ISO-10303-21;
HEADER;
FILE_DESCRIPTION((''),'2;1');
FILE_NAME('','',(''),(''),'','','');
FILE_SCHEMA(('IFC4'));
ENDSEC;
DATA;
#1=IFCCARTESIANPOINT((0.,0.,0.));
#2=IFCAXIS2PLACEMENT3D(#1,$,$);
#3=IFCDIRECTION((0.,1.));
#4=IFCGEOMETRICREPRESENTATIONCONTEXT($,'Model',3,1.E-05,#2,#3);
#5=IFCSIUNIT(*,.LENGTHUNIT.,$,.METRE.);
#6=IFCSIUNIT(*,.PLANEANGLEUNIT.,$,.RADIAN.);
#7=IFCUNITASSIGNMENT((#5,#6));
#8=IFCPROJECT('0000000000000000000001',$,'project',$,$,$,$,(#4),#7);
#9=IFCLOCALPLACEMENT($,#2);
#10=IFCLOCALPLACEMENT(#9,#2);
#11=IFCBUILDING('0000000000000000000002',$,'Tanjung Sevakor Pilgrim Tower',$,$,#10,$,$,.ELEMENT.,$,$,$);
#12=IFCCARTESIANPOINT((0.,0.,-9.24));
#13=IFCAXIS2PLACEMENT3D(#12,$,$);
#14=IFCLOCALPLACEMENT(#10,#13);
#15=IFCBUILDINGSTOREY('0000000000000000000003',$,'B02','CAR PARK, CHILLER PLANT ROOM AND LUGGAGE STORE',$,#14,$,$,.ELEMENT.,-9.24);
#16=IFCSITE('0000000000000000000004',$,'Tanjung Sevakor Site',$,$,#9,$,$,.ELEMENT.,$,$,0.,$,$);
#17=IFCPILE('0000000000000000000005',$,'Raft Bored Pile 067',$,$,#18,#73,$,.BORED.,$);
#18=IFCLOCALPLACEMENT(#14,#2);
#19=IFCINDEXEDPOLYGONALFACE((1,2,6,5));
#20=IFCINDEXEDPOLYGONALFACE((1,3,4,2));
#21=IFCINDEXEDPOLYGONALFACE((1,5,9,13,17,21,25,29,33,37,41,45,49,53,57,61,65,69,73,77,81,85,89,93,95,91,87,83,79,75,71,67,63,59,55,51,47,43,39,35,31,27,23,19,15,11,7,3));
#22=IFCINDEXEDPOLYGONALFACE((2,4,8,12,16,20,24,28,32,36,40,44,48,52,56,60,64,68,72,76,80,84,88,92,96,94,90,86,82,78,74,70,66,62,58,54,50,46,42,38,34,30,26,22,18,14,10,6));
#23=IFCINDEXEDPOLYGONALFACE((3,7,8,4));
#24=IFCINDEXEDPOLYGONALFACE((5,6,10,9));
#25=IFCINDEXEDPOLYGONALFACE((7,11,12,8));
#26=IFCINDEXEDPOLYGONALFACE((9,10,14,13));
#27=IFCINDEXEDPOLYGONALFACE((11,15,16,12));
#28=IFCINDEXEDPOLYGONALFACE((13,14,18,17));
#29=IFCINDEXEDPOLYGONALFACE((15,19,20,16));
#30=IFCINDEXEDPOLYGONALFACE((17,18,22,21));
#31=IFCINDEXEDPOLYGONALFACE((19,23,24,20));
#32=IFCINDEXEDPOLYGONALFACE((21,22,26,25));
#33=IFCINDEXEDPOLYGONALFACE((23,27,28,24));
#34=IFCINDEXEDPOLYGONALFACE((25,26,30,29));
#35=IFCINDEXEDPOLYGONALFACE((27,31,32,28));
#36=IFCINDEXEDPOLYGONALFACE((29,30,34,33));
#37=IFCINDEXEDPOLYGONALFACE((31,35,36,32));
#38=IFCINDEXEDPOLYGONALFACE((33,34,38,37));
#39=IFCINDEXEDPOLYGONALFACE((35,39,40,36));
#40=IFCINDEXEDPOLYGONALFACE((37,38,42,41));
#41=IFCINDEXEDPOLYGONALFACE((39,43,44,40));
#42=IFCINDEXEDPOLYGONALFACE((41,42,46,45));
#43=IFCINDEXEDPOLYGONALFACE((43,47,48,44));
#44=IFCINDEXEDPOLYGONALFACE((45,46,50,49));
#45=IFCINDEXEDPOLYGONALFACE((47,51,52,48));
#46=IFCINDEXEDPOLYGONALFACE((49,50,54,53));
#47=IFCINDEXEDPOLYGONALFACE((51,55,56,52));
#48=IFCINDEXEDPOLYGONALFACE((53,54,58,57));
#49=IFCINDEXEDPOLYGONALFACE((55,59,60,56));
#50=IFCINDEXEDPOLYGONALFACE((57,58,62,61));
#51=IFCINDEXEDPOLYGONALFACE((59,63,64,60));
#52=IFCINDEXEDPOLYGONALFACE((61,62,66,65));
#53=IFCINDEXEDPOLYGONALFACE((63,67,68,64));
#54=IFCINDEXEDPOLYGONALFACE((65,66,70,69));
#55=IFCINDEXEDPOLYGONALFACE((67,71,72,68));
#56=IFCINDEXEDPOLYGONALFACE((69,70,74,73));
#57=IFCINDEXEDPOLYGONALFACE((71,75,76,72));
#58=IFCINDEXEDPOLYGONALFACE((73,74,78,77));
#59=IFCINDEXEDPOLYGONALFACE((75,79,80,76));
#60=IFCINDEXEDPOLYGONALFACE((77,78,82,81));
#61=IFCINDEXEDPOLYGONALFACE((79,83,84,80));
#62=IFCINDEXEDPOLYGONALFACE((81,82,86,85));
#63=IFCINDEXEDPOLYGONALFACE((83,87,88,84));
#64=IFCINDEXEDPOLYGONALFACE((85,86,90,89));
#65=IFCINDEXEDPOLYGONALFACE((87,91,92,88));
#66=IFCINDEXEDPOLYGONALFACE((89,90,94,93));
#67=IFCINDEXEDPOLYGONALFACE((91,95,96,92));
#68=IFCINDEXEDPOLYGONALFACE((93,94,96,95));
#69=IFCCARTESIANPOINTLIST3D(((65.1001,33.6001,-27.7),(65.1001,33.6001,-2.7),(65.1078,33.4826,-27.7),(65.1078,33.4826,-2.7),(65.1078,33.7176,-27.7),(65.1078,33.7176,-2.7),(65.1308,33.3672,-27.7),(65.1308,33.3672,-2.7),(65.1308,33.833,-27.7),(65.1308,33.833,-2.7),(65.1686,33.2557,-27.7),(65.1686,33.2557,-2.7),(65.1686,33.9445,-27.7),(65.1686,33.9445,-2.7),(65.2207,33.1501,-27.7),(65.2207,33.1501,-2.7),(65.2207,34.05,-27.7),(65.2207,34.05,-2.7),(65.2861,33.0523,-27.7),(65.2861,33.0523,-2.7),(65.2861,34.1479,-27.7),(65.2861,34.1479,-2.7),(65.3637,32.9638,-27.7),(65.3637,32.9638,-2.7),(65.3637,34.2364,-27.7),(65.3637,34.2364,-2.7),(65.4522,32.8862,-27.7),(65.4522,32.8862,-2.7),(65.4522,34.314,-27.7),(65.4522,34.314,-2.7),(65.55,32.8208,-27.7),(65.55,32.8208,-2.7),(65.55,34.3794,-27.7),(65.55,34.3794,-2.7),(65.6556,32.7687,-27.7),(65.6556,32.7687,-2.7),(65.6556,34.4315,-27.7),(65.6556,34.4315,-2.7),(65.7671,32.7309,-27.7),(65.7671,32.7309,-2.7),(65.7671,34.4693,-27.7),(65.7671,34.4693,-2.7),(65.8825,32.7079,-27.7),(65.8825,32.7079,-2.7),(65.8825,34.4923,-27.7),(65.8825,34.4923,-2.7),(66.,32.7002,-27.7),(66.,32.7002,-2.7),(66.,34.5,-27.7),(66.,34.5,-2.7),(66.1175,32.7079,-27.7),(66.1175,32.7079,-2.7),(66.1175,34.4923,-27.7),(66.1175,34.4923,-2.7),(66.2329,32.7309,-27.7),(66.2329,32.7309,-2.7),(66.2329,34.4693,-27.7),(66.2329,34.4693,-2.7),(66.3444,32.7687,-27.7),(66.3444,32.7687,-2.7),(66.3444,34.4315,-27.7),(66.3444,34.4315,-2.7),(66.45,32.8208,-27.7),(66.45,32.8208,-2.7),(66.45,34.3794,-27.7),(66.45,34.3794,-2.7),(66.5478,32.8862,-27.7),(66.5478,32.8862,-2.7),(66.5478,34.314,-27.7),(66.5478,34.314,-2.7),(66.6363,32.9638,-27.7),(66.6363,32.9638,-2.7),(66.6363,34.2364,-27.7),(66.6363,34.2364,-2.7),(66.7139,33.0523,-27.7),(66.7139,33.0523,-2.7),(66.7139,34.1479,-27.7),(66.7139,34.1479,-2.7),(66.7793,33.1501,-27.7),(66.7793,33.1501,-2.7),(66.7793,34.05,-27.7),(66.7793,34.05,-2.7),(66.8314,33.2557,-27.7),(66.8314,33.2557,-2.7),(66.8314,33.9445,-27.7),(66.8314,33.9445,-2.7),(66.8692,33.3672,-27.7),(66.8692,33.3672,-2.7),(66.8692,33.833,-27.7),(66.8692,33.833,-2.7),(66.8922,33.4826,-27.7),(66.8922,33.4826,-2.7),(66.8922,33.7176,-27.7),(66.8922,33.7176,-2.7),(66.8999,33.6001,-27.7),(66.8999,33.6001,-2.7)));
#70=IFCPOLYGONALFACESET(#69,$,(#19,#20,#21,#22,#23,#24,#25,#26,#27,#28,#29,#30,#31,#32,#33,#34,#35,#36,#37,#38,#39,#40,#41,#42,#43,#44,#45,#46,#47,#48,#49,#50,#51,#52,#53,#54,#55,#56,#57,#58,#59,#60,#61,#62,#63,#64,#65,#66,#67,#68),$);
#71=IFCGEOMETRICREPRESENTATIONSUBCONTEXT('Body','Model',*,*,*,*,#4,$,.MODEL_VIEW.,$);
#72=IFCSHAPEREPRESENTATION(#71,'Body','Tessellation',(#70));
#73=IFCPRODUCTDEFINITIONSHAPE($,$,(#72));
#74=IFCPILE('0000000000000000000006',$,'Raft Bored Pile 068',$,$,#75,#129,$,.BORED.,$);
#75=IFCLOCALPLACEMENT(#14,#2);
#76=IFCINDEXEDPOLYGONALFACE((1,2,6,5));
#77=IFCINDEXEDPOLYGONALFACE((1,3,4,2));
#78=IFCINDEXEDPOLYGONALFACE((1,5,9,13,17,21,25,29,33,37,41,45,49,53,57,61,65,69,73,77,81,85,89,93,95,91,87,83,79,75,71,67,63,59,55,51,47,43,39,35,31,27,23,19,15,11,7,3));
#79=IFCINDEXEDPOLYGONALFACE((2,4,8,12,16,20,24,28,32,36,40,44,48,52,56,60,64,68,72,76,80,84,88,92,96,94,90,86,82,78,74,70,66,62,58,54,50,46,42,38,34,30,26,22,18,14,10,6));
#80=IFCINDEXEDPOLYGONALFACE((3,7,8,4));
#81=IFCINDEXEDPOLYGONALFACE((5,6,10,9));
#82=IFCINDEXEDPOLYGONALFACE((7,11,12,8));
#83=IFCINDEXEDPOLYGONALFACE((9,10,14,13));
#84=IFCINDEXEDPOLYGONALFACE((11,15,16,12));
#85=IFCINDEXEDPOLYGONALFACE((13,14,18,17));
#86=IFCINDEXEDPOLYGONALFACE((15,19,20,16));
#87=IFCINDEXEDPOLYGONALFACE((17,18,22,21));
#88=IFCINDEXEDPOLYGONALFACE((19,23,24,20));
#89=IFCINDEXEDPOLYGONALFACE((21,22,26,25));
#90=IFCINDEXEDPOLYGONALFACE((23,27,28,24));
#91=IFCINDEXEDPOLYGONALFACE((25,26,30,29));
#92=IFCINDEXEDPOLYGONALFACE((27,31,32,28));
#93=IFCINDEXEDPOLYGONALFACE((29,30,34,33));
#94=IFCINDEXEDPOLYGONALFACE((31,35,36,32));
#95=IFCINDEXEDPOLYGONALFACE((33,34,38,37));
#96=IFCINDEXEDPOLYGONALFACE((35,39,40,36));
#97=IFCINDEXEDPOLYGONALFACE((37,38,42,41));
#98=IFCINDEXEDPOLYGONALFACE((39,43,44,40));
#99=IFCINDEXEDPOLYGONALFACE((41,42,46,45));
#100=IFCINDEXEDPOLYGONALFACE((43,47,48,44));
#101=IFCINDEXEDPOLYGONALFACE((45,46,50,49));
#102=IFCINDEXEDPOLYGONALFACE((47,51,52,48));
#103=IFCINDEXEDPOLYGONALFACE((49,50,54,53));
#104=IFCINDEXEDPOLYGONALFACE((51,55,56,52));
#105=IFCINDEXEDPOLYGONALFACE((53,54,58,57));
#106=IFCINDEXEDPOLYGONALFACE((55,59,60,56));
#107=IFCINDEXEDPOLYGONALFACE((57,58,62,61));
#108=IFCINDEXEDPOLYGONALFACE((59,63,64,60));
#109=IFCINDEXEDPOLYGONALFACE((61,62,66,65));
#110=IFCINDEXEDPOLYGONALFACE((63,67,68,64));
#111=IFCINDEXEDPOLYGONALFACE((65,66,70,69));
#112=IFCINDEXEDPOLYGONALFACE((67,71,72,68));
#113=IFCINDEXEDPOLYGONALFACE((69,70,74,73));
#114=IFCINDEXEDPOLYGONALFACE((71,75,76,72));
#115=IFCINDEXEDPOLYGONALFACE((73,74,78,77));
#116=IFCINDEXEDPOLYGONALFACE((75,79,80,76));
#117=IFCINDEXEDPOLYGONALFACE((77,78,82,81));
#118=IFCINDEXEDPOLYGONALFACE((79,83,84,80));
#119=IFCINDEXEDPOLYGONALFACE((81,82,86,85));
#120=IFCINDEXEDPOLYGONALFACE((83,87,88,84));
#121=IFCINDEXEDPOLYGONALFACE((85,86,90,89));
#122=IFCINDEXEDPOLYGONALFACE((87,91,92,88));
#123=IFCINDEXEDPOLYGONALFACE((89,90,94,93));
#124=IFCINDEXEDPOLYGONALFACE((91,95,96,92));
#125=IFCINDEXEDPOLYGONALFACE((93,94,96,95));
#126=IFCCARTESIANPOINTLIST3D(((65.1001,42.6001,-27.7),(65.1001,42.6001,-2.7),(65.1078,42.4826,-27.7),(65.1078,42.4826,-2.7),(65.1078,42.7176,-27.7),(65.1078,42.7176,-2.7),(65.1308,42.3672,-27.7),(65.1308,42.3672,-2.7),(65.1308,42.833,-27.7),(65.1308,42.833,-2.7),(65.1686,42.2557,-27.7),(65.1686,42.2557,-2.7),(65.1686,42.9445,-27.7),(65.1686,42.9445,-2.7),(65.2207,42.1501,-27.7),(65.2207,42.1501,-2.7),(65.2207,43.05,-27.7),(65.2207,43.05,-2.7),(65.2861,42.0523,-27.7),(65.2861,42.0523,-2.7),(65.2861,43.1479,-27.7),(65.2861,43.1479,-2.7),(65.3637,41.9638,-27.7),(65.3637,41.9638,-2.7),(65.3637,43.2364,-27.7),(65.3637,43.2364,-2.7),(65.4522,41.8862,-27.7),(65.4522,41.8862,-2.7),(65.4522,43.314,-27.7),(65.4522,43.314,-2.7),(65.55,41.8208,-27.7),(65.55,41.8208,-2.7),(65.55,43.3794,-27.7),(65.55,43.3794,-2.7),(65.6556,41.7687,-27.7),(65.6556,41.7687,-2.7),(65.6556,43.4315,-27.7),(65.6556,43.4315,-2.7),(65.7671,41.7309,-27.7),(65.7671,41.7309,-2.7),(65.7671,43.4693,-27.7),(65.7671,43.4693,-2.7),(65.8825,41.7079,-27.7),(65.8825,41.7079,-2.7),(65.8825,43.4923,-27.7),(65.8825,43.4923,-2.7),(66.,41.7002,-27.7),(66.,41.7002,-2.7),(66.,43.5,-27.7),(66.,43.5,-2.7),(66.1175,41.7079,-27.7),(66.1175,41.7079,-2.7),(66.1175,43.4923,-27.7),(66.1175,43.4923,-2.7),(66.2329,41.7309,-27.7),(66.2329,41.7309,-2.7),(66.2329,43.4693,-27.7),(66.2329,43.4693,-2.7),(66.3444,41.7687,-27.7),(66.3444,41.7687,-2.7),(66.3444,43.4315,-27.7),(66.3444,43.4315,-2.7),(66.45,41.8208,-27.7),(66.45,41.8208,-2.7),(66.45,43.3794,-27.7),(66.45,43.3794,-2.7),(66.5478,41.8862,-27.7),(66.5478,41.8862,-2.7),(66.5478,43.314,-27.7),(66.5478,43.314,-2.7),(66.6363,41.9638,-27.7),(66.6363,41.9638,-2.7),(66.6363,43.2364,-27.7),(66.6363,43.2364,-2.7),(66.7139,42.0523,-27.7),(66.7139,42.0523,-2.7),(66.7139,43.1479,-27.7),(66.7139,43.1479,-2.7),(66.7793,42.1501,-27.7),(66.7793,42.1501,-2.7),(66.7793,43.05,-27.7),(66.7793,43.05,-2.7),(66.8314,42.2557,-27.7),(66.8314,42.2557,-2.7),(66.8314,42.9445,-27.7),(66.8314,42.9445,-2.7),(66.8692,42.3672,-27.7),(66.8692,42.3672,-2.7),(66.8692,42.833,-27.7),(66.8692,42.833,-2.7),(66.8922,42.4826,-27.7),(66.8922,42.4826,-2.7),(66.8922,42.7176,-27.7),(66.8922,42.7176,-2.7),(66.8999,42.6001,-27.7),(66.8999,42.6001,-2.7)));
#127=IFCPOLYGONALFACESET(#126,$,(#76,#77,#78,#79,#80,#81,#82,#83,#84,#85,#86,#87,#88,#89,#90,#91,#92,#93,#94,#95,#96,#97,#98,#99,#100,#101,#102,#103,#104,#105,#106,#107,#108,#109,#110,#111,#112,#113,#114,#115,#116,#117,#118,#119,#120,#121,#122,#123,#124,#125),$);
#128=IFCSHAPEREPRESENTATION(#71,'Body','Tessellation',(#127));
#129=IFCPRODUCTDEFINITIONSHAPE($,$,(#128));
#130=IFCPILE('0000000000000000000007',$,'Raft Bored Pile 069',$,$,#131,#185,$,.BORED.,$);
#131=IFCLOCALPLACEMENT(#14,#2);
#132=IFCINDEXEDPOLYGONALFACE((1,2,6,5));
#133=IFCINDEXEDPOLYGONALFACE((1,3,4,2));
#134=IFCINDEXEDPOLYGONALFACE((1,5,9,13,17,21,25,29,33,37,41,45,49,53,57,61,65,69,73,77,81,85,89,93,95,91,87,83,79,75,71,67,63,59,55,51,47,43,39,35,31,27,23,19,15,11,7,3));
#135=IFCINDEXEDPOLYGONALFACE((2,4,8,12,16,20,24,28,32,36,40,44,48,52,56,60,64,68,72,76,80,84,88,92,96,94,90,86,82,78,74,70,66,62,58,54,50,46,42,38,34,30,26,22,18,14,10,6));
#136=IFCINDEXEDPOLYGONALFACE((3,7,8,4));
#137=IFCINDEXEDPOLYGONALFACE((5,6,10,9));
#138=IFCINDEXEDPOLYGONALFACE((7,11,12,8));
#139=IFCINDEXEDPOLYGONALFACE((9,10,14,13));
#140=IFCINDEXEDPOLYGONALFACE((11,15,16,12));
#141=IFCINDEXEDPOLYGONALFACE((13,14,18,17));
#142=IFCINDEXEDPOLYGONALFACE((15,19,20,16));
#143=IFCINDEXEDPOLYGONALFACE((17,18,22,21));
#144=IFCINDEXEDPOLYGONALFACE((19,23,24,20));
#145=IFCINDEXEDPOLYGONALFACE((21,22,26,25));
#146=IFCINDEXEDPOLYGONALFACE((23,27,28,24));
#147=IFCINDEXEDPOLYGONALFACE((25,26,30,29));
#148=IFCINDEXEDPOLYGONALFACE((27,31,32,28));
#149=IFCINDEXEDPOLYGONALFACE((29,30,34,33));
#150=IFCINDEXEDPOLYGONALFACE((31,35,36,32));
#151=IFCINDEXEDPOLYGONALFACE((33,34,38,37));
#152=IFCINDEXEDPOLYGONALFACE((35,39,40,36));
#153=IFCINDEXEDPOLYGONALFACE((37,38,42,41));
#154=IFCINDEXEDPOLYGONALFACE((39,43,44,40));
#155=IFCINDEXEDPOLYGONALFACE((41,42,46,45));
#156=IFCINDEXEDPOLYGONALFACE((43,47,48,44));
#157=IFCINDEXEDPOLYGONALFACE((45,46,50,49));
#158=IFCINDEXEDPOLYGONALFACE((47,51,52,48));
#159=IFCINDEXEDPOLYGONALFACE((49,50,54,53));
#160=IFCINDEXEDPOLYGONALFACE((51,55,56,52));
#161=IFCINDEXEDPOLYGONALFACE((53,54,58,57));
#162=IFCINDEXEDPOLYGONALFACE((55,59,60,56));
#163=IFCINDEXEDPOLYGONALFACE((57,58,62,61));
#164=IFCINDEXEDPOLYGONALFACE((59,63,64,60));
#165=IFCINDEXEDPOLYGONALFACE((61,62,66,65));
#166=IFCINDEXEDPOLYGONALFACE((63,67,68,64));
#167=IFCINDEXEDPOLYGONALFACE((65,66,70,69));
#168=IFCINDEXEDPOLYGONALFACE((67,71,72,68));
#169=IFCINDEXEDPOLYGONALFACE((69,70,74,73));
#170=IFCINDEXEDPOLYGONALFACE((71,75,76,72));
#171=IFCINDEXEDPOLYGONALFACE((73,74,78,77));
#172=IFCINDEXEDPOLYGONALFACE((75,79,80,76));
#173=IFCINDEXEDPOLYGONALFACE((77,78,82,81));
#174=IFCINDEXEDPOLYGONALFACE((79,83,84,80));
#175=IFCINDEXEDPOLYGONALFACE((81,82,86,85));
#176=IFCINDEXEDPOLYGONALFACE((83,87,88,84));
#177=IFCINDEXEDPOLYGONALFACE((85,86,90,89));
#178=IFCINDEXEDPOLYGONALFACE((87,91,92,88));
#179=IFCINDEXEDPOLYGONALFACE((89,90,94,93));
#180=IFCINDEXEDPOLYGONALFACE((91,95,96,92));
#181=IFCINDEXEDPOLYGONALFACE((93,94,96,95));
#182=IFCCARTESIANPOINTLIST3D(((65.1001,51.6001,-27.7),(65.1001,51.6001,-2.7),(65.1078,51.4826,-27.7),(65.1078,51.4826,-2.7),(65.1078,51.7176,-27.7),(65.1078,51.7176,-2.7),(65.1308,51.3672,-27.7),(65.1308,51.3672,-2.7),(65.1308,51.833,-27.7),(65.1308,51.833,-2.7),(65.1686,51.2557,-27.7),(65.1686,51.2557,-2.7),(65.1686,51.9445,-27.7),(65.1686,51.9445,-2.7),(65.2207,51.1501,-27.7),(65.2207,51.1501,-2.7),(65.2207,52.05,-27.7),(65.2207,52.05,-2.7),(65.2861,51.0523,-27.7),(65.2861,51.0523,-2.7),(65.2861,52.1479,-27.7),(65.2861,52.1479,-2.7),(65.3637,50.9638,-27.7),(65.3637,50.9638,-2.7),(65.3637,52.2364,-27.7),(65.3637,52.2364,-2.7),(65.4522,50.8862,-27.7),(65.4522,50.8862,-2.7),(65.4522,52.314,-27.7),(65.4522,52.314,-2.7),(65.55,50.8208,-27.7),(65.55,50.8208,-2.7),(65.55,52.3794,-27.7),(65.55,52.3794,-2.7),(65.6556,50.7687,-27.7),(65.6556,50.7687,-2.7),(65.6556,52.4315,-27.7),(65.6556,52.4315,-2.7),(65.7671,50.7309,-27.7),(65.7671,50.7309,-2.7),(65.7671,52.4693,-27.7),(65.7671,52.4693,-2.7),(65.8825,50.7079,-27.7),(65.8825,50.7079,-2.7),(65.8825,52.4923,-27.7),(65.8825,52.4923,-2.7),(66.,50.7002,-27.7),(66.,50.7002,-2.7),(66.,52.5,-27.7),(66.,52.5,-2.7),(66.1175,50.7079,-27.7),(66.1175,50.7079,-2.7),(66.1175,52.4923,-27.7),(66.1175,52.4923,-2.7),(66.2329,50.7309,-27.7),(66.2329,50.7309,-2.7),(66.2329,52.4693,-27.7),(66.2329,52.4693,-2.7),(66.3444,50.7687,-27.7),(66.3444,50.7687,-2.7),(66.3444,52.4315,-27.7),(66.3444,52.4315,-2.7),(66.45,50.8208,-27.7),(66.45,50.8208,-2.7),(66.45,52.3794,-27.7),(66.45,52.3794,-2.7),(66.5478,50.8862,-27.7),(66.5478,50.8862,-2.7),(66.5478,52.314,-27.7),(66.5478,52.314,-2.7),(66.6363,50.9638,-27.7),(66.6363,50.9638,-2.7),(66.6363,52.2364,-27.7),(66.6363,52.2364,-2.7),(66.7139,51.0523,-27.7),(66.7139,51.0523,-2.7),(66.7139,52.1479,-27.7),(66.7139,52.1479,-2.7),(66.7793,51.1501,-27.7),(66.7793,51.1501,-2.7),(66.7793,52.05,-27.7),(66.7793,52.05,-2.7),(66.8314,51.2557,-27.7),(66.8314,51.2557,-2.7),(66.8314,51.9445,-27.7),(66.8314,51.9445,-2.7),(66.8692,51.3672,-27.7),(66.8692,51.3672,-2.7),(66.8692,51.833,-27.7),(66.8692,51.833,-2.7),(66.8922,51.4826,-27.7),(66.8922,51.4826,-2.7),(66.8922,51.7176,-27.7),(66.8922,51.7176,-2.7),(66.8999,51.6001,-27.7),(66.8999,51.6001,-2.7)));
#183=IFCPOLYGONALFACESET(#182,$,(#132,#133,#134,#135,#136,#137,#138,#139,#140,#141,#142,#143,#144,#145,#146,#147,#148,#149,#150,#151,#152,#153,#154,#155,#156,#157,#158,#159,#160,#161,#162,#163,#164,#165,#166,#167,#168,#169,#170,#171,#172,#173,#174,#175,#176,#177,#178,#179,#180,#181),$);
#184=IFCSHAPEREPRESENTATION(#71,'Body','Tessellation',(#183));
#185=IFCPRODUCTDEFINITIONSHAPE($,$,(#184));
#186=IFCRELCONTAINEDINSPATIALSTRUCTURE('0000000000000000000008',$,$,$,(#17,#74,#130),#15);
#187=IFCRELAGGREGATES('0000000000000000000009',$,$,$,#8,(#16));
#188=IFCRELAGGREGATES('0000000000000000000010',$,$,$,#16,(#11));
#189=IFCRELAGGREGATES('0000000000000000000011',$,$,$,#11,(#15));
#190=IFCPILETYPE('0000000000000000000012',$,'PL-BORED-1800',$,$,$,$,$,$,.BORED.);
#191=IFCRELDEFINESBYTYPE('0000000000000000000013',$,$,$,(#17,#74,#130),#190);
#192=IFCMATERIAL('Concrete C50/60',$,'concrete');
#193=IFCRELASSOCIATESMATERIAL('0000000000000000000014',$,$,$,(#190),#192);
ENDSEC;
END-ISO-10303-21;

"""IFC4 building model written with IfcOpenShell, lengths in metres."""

from ifc_helpers import new_model, si_unit, direction, frame, origin, origin_2d, place, context, subcontext, project, spatial, circle, extrude, material, material_profile, profile_set, type_object, element, save


model = new_model("IFC4")

# Units and contexts
model_context = context("Model", 3, precision=1e-05, world=origin(), true_north=direction((0.0, 1.0)))
body_context = subcontext(model_context, "Body", "Model", "MODEL_VIEW")
ifc_project = project(units=[si_unit("LENGTHUNIT", "METRE"), si_unit("PLANEANGLEUNIT", "RADIAN")], contexts=[model_context])

# Site, building, storey
site_placement = place(None, origin())
site = spatial("IfcSite", under=ifc_project, at=site_placement, Name="Tanjung Sevakor Site", CompositionType="ELEMENT", RefElevation=0.0)
building_placement = place(site_placement, origin())
building = spatial("IfcBuilding", under=site, at=building_placement, Name="Tanjung Sevakor Pilgrim Tower", CompositionType="ELEMENT")
storey_placement = place(building_placement, frame((0.0, 0.0, -9.24)))
storey = spatial("IfcBuildingStorey", under=building, at=storey_placement, Name="B02", Description="CAR PARK, CHILLER PLANT ROOM AND LUGGAGE STORE", CompositionType="ELEMENT", Elevation=-9.24)

# Piles
ifc_material_1 = material(Name="Concrete C50/60", Category="concrete")
ifc_material_profile_1 = material_profile(ifc_material_1, circle(Radius=0.8999, at=origin_2d()))
ifc_profile_set_1 = profile_set([ifc_material_profile_1], Name="Concrete C50/60")
pile_type = type_object("IfcPileType", Name="PL-BORED-1800", PredefinedType="BORED", material=ifc_profile_set_1)
for number, where, z_axis, x_axis, name in (
    (1, (66.0, 33.6001, -2.7), (0.0, 0.0, -1.0), (1.0, 0.0, 0.0), "Raft Bored Pile 067"),
    (2, (66.0, 42.6001, -2.7), (0.0, 0.0, -1.0), (1.0, 0.0, 0.0), "Raft Bored Pile 068"),
    (3, (66.0, 51.6001, -2.7), (0.0, 0.0, -1.0), (1.0, 0.0, 0.0), "Raft Bored Pile 069"),
):
    element("IfcPile", number, at=place(storey_placement, frame(where, z_axis=z_axis, x_axis=x_axis)), inside=storey, type_object=pile_type, Name=name, PredefinedType="BORED", context=body_context, shape_type="SweptSolid", body=[
        extrude(circle(Radius=0.8999, at=origin_2d()), origin(), (0.0, 0.0, 1.0), 25.0),
    ])

save(model, "model.ifc")
